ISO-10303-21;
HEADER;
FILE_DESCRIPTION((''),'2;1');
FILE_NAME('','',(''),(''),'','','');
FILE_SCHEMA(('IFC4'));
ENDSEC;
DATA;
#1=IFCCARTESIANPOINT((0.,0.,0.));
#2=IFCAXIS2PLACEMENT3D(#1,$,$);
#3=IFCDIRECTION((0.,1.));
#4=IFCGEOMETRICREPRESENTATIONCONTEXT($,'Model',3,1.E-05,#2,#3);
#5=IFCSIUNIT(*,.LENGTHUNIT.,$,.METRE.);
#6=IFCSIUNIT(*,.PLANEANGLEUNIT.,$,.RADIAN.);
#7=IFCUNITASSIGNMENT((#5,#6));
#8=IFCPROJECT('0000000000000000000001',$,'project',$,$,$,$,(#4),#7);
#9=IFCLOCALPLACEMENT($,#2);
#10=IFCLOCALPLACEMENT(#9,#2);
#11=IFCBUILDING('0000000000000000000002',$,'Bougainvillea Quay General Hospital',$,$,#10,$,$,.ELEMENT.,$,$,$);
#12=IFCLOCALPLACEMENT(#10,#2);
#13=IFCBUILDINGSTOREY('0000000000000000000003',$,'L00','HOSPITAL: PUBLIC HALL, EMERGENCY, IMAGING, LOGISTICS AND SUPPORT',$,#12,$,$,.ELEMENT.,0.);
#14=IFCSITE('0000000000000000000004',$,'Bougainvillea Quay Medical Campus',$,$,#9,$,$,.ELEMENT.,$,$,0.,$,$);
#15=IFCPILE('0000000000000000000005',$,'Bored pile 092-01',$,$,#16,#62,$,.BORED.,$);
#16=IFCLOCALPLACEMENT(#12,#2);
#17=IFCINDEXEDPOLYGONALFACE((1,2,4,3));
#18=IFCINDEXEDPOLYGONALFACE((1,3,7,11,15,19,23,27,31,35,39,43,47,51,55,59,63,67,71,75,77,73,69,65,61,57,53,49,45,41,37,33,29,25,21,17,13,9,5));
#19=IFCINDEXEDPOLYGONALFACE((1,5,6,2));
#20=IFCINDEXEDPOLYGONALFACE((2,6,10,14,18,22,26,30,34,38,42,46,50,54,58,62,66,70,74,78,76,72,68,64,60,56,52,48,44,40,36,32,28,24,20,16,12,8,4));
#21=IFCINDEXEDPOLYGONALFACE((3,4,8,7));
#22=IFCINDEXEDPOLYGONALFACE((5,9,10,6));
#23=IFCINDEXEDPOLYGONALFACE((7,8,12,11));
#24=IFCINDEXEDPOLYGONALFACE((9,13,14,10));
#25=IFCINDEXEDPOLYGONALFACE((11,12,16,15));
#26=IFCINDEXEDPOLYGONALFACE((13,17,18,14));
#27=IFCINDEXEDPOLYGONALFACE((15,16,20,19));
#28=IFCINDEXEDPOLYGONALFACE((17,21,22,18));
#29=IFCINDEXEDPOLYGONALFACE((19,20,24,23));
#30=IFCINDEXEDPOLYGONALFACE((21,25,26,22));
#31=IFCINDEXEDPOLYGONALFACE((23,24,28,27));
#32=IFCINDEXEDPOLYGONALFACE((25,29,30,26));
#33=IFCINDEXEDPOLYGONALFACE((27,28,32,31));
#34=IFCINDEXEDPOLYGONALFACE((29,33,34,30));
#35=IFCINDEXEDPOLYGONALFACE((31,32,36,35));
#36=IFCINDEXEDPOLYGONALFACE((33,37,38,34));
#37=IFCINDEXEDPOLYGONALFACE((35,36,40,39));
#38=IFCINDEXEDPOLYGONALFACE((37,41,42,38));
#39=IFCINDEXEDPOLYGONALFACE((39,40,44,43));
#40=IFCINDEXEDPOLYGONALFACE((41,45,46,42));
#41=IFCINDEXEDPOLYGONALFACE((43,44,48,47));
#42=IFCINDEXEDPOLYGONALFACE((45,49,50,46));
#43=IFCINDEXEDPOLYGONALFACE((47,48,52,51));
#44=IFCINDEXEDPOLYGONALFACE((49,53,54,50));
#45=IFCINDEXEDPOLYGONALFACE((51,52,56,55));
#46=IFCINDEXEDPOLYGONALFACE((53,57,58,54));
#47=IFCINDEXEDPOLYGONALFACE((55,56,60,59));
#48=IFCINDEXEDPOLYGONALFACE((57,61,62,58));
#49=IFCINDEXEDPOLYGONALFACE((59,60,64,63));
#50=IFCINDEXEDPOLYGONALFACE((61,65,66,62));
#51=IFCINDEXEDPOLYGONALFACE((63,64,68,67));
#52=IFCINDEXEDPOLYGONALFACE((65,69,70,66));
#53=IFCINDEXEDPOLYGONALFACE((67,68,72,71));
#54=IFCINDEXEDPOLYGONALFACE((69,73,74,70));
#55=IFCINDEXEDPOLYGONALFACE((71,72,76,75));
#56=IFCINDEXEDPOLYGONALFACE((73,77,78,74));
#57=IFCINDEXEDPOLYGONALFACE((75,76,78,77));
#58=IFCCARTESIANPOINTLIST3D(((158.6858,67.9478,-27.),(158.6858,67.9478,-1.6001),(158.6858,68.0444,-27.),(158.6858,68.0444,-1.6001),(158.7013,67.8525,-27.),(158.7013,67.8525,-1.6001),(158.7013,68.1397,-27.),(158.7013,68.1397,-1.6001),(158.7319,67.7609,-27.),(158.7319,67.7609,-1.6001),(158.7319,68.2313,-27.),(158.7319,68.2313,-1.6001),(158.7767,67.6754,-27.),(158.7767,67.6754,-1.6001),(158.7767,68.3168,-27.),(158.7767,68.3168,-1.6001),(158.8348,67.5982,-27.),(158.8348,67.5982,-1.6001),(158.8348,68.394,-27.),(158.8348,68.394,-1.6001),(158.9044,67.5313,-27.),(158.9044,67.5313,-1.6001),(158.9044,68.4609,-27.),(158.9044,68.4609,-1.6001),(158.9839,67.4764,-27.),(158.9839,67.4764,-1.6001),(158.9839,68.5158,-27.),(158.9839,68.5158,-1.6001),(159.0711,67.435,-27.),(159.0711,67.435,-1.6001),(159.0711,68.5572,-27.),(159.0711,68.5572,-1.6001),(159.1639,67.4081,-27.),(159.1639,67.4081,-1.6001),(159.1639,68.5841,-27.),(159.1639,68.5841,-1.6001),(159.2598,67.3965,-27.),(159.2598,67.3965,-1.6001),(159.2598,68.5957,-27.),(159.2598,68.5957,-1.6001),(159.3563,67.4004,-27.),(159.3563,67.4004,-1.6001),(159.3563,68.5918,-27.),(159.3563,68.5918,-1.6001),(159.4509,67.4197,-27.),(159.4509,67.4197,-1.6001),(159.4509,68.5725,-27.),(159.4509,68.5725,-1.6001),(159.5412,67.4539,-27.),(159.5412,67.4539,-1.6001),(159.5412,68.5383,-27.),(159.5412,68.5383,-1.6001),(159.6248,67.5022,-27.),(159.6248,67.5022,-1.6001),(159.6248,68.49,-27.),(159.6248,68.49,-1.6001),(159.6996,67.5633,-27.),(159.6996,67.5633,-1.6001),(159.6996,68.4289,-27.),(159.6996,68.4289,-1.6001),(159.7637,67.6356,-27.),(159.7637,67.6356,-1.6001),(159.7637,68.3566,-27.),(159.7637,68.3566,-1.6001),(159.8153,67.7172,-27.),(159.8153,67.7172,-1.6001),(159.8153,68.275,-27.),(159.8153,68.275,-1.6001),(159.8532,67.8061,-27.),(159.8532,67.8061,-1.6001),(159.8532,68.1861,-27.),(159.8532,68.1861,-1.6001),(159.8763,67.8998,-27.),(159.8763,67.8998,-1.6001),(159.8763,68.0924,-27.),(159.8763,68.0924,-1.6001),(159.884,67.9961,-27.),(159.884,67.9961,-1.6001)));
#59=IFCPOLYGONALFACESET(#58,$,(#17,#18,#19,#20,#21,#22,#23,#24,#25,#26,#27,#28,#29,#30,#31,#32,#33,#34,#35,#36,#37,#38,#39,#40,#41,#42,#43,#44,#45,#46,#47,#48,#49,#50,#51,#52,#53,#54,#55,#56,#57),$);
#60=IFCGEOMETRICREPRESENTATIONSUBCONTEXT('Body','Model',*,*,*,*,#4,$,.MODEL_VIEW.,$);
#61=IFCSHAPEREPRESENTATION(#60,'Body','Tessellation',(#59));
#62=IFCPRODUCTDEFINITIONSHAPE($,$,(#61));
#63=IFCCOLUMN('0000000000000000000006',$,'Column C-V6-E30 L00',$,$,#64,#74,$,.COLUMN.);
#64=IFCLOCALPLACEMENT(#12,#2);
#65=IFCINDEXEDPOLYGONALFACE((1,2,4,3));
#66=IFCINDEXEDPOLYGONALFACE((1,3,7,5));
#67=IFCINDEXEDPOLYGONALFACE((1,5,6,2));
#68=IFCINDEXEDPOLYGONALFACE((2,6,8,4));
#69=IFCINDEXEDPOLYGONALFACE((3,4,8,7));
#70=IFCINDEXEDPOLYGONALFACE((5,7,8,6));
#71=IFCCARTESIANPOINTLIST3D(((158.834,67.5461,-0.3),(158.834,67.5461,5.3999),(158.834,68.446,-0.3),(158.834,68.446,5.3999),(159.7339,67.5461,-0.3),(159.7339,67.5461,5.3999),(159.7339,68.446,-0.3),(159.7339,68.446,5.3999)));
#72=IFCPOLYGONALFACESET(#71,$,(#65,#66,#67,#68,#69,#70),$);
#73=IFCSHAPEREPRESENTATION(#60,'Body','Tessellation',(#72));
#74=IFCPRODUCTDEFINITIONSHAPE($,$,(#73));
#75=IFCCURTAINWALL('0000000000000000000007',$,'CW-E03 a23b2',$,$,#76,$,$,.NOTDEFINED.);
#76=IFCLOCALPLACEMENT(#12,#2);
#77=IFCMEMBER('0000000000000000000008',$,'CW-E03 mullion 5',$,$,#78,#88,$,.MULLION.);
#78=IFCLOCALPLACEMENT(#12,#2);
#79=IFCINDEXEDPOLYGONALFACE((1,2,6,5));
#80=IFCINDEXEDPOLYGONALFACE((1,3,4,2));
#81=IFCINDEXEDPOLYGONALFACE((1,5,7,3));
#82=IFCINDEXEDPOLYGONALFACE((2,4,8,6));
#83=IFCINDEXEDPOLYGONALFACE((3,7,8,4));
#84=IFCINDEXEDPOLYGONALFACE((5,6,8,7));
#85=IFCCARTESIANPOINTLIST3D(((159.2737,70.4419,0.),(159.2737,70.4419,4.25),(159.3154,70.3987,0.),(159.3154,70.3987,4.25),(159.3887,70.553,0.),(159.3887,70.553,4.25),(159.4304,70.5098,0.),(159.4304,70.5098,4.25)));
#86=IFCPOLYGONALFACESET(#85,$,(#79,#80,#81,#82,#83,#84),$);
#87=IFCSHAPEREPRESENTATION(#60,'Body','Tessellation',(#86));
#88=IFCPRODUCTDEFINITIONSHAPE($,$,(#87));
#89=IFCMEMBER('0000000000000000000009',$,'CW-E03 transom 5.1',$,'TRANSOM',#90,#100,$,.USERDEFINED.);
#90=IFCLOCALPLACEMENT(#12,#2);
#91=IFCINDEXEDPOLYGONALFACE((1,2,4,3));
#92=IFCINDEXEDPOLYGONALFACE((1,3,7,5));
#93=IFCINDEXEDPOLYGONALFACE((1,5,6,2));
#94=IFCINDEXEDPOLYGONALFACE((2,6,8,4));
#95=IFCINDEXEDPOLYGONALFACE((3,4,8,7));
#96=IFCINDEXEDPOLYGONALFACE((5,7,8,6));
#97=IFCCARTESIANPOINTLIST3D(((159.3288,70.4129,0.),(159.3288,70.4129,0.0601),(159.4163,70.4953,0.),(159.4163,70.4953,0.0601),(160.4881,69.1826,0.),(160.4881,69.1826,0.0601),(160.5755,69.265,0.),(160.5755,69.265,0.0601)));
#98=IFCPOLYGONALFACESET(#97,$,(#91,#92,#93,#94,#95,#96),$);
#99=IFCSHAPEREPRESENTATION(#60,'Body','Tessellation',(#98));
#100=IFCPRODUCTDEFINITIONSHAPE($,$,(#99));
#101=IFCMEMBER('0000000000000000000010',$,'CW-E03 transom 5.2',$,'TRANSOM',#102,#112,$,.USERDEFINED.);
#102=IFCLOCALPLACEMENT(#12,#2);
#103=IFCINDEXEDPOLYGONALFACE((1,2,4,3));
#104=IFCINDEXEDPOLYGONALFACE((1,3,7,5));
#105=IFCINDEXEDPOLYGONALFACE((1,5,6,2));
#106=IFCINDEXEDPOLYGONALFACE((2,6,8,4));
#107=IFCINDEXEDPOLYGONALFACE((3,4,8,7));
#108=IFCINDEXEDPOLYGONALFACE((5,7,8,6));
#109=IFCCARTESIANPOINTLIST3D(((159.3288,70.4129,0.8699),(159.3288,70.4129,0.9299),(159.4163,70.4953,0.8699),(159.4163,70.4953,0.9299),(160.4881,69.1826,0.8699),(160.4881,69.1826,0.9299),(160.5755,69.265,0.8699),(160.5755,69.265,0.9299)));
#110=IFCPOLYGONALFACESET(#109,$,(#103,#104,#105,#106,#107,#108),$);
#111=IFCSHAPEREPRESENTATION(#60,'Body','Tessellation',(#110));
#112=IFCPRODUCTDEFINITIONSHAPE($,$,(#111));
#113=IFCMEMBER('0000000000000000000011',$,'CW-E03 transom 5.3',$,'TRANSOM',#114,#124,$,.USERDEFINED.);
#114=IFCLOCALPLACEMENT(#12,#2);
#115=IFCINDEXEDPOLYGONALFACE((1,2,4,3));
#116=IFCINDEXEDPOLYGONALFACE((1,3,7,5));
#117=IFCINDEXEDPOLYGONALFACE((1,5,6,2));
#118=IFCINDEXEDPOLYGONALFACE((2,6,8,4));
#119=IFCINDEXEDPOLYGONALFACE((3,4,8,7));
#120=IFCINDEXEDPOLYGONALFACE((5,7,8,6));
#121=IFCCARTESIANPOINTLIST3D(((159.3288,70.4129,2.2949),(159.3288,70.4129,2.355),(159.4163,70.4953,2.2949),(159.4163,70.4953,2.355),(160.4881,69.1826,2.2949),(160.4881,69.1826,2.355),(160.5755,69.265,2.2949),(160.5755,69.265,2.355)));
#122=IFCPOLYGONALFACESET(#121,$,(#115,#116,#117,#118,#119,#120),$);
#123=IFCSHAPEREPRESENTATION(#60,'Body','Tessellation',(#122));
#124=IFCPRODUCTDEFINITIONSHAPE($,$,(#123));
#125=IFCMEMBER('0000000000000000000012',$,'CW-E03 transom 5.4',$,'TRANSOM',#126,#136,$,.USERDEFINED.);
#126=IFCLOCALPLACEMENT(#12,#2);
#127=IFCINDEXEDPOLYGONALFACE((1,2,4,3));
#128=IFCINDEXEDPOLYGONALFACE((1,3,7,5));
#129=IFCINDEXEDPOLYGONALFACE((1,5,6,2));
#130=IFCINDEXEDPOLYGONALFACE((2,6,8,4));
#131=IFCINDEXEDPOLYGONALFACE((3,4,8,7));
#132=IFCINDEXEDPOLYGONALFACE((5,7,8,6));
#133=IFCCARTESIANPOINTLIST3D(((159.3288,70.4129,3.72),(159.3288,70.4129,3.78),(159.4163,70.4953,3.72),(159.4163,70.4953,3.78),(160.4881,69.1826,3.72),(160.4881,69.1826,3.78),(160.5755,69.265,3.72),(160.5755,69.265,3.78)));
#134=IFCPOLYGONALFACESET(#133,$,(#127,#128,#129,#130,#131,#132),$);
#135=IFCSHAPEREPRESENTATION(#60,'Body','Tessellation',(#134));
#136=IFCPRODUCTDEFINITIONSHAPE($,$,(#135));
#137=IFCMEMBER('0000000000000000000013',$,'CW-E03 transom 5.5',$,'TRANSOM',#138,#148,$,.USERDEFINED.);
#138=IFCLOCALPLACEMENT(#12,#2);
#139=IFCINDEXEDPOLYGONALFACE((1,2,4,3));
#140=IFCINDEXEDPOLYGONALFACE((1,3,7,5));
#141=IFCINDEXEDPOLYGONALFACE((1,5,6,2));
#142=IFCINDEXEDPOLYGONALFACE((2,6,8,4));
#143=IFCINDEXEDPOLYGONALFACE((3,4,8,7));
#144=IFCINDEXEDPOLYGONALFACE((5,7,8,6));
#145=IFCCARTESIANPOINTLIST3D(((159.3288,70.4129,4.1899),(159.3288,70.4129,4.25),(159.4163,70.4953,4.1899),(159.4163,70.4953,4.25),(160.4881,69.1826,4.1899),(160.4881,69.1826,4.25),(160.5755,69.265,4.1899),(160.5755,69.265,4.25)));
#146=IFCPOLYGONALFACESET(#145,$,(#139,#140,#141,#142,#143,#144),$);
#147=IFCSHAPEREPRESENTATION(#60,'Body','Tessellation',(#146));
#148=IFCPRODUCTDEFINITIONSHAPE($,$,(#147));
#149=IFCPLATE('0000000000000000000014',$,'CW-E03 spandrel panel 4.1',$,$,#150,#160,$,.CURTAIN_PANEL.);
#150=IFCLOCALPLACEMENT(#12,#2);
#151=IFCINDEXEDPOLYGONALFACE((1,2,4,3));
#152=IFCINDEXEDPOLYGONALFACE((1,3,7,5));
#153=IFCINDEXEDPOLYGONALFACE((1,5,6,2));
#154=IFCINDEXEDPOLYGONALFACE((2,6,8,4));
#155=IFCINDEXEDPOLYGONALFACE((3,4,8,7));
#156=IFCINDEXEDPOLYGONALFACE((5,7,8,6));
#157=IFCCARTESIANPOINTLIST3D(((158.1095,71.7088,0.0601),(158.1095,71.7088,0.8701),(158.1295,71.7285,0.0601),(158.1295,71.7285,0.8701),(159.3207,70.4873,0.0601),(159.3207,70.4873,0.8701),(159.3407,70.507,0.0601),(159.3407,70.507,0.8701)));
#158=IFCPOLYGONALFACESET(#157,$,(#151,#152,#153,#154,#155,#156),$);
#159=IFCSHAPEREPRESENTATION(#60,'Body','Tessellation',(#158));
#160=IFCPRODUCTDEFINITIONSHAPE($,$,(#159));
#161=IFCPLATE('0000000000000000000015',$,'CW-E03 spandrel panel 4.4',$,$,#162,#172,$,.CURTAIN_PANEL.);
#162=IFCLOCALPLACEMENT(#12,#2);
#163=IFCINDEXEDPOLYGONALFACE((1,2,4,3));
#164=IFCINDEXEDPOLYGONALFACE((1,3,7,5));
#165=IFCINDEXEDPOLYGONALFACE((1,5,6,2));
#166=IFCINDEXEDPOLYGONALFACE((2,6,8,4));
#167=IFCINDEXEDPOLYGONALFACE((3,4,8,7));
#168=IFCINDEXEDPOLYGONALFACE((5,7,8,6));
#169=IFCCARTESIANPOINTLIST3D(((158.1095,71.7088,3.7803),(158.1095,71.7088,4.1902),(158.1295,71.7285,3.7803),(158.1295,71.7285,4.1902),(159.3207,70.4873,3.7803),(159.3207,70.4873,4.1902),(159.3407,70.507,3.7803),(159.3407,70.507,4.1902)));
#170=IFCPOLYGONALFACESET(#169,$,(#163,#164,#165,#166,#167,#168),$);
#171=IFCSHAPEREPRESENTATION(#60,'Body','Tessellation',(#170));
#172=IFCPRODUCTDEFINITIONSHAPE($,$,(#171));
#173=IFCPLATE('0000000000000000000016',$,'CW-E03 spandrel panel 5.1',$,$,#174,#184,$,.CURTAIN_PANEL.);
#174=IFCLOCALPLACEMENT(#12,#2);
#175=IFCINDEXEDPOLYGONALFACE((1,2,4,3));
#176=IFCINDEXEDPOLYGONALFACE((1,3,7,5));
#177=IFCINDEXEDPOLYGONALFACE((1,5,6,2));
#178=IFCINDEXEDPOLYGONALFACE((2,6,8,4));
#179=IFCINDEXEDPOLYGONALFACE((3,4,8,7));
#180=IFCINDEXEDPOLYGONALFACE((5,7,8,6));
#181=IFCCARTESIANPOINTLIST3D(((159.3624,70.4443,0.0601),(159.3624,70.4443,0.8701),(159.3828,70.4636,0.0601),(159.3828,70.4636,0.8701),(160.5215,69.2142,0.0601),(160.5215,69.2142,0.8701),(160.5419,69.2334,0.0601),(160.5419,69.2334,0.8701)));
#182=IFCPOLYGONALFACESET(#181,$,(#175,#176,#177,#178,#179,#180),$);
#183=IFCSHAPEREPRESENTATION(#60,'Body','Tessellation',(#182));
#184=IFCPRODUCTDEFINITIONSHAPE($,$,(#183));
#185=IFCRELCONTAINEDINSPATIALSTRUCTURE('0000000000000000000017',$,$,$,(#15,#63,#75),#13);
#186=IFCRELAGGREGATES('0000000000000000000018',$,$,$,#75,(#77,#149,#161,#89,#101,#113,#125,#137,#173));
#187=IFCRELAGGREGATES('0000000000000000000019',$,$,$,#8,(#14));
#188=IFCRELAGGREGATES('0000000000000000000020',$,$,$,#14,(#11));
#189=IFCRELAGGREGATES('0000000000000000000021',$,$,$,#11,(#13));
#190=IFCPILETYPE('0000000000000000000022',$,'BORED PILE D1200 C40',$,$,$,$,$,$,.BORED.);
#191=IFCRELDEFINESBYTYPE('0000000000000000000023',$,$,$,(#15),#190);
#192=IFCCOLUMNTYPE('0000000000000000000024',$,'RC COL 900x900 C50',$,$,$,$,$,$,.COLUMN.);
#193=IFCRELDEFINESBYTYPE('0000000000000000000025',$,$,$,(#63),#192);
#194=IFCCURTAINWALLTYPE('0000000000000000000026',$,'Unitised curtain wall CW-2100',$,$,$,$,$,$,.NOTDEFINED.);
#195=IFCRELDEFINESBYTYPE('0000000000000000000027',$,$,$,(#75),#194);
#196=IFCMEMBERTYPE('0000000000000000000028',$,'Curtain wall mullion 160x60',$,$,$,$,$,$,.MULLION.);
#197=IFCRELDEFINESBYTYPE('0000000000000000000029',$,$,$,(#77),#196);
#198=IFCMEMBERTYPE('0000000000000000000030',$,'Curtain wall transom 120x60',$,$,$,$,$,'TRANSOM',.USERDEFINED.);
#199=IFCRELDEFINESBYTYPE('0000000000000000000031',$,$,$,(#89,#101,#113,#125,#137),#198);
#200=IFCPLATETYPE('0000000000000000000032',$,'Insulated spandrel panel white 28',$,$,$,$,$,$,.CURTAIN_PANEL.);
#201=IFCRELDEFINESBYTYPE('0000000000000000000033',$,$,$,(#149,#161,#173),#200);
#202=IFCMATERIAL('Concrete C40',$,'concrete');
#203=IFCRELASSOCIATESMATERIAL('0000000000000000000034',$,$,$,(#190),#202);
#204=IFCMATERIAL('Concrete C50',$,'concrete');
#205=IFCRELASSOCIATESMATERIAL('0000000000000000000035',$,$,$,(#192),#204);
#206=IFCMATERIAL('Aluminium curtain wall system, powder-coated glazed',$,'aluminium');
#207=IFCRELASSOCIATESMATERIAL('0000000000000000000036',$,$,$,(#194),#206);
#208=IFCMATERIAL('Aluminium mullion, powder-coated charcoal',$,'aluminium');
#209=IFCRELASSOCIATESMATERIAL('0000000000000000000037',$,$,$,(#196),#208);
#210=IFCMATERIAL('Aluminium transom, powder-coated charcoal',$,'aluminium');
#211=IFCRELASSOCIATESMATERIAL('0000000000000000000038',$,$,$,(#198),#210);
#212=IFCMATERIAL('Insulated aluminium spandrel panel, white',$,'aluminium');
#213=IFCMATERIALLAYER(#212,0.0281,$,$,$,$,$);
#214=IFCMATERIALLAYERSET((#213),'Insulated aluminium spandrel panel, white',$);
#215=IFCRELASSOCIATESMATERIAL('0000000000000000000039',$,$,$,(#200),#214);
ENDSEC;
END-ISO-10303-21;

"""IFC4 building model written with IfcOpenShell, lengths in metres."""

from ifc_helpers import new_model, si_unit, direction, frame, origin, origin_2d, place, context, subcontext, project, spatial, rectangle, circle, extrude, material, layer, layer_set, material_profile, profile_set, type_object, element, aggregate, save


model = new_model("IFC4")

# Units and contexts
model_context = context("Model", 3, precision=1e-05, world=origin(), true_north=direction((0.0, 1.0)))
body_context = subcontext(model_context, "Body", "Model", "MODEL_VIEW")
ifc_project = project(units=[si_unit("LENGTHUNIT", "METRE"), si_unit("PLANEANGLEUNIT", "RADIAN")], contexts=[model_context])

# Site, building, storey
site_placement = place(None, origin())
site = spatial("IfcSite", under=ifc_project, at=site_placement, Name="Bougainvillea Quay Medical Campus", CompositionType="ELEMENT", RefElevation=0.0)
building_placement = place(site_placement, origin())
building = spatial("IfcBuilding", under=site, at=building_placement, Name="Bougainvillea Quay General Hospital", CompositionType="ELEMENT")
storey_placement = place(building_placement, origin())
storey = spatial("IfcBuildingStorey", under=building, at=storey_placement, Name="L00", Description="HOSPITAL: PUBLIC HALL, EMERGENCY, IMAGING, LOGISTICS AND SUPPORT", CompositionType="ELEMENT", Elevation=0.0)

# Pile
ifc_material_1 = material(Name="Concrete C40", Category="concrete")
ifc_material_profile_1 = material_profile(ifc_material_1, circle(Radius=0.6001, at=origin_2d()))
ifc_profile_set_1 = profile_set([ifc_material_profile_1], Name="Concrete C40")
pile_type = type_object("IfcPileType", Name="BORED PILE D1200 C40", PredefinedType="BORED", material=ifc_profile_set_1)
pile_placement = place(storey_placement, frame((159.2839, 67.9961, -1.6001), z_axis=(0.0, 0.0, -1.0), x_axis=(1.0, 0.0, 0.0)))
element("IfcPile", 1, at=pile_placement, inside=storey, type_object=pile_type, Name="Bored pile 092-01", PredefinedType="BORED", context=body_context, shape_type="SweptSolid", body=[
    extrude(circle(Radius=0.6001, at=origin_2d()), origin(), (0.0, 0.0, 1.0), 25.3999),
])

# Column
ifc_material_2 = material(Name="Concrete C50", Category="concrete")
ifc_material_profile_2 = material_profile(ifc_material_2, rectangle(XDim=0.8999, YDim=0.8999, at=origin_2d()))
ifc_profile_set_2 = profile_set([ifc_material_profile_2], Name="Concrete C50")
column_type = type_object("IfcColumnType", Name="RC COL 900x900 C50", PredefinedType="COLUMN", material=ifc_profile_set_2)
column_placement = place(storey_placement, frame((159.2839, 67.9961, -0.3), z_axis=(0.0, 0.0, 1.0), x_axis=(1.0, 0.0, 0.0)))
element("IfcColumn", 2, at=column_placement, inside=storey, type_object=column_type, Name="Column C-V6-E30 L00", PredefinedType="COLUMN", context=body_context, shape_type="SweptSolid", body=[
    extrude(rectangle(XDim=0.8999, YDim=0.8999, at=origin_2d()), origin(), (0.0, 0.0, 1.0), 5.7),
])

# Curtain wall, members, plates
ifc_material_3 = material(Name="Aluminium curtain wall system, powder-coated glazed", Category="aluminium")
curtain_wall_type = type_object("IfcCurtainWallType", Name="Unitised curtain wall CW-2100", PredefinedType="NOTDEFINED", material=ifc_material_3)
curtain_wall_placement = place(storey_placement, origin())
curtain_wall = element("IfcCurtainWall", 3, at=curtain_wall_placement, inside=storey, type_object=curtain_wall_type, Name="CW-E03 a23b2", PredefinedType="NOTDEFINED")
ifc_material_4 = material(Name="Aluminium mullion, powder-coated charcoal", Category="aluminium")
ifc_material_profile_3 = material_profile(ifc_material_4, rectangle(XDim=0.1599, YDim=0.0601, at=origin_2d()))
ifc_profile_set_3 = profile_set([ifc_material_profile_3], Name="Aluminium mullion, powder-coated charcoal")
member_type_1 = type_object("IfcMemberType", Name="Curtain wall mullion 160x60", PredefinedType="MULLION", material=ifc_profile_set_3)
member_1_placement = place(storey_placement, frame((159.3521, 70.4758, 0.0), z_axis=(0.0, 0.0, 1.0), x_axis=(0.71902, 0.69499, 0.0)))
member_1 = element("IfcMember", 4, at=member_1_placement, type_object=member_type_1, Name="CW-E03 mullion 5", PredefinedType="MULLION", context=body_context, shape_type="SweptSolid", body=[
    extrude(rectangle(XDim=0.1599, YDim=0.0601, at=origin_2d()), origin(), (0.0, 0.0, 1.0), 4.25),
])
ifc_material_5 = material(Name="Aluminium transom, powder-coated charcoal", Category="aluminium")
ifc_material_profile_4 = material_profile(ifc_material_5, rectangle(XDim=0.1201, YDim=0.0601, at=origin_2d()))
ifc_profile_set_4 = profile_set([ifc_material_profile_4], Name="Aluminium transom, powder-coated charcoal")
member_type_2 = type_object("IfcMemberType", Name="Curtain wall transom 120x60", ElementType="TRANSOM", PredefinedType="USERDEFINED", material=ifc_profile_set_4)
member_2_placement = place(storey_placement, frame((159.3726, 70.4541, 0.03), z_axis=(0.685779, -0.72781, 0.0), x_axis=(0.72781, 0.685779, 0.0)))
member_2 = element("IfcMember", 5, at=member_2_placement, type_object=member_type_2, Name="CW-E03 transom 5.1", ObjectType="TRANSOM", PredefinedType="USERDEFINED", context=body_context, shape_type="SweptSolid", body=[
    extrude(rectangle(XDim=0.1201, YDim=0.0601, at=origin_2d()), origin(), (0.0, 0.0, 1.0), 1.6904),
])
member_3_placement = place(storey_placement, frame((159.3726, 70.4541, 0.8999), z_axis=(0.685779, -0.72781, 0.0), x_axis=(0.72781, 0.685779, 0.0)))
member_3 = element("IfcMember", 6, at=member_3_placement, type_object=member_type_2, Name="CW-E03 transom 5.2", ObjectType="TRANSOM", PredefinedType="USERDEFINED", context=body_context, shape_type="SweptSolid", body=[
    extrude(rectangle(XDim=0.1201, YDim=0.0601, at=origin_2d()), origin(), (0.0, 0.0, 1.0), 1.6904),
])
member_4_placement = place(storey_placement, frame((159.3726, 70.4541, 2.325), z_axis=(0.685779, -0.72781, 0.0), x_axis=(0.72781, 0.685779, 0.0)))
member_4 = element("IfcMember", 7, at=member_4_placement, type_object=member_type_2, Name="CW-E03 transom 5.3", ObjectType="TRANSOM", PredefinedType="USERDEFINED", context=body_context, shape_type="SweptSolid", body=[
    extrude(rectangle(XDim=0.1201, YDim=0.0601, at=origin_2d()), origin(), (0.0, 0.0, 1.0), 1.6904),
])
member_5_placement = place(storey_placement, frame((159.3726, 70.4541, 3.75), z_axis=(0.685779, -0.72781, 0.0), x_axis=(0.72781, 0.685779, 0.0)))
member_5 = element("IfcMember", 8, at=member_5_placement, type_object=member_type_2, Name="CW-E03 transom 5.4", ObjectType="TRANSOM", PredefinedType="USERDEFINED", context=body_context, shape_type="SweptSolid", body=[
    extrude(rectangle(XDim=0.1201, YDim=0.0601, at=origin_2d()), origin(), (0.0, 0.0, 1.0), 1.6904),
])
member_6_placement = place(storey_placement, frame((159.3726, 70.4541, 4.22), z_axis=(0.685779, -0.72781, 0.0), x_axis=(0.72781, 0.685779, 0.0)))
member_6 = element("IfcMember", 9, at=member_6_placement, type_object=member_type_2, Name="CW-E03 transom 5.5", ObjectType="TRANSOM", PredefinedType="USERDEFINED", context=body_context, shape_type="SweptSolid", body=[
    extrude(rectangle(XDim=0.1201, YDim=0.0601, at=origin_2d()), origin(), (0.0, 0.0, 1.0), 1.6904),
])
ifc_material_6 = material(Name="Insulated aluminium spandrel panel, white", Category="aluminium")
ifc_layer_1 = layer(ifc_material_6, 0.0281)
ifc_layer_set_1 = layer_set([ifc_layer_1], Name="Insulated aluminium spandrel panel, white")
plate_type_1 = type_object("IfcPlateType", Name="Insulated spandrel panel white 28", PredefinedType="CURTAIN_PANEL", material=ifc_layer_set_1)
plate_1_placement = place(storey_placement, frame((158.7251, 71.1079, 0.0601), z_axis=(0.0, 0.0, 1.0), x_axis=(0.704109, -0.710092, 0.0)))
plate_1 = element("IfcPlate", 10, at=plate_1_placement, type_object=plate_type_1, Name="CW-E03 spandrel panel 4.1", PredefinedType="CURTAIN_PANEL", context=body_context, shape_type="SweptSolid", body=[
    extrude(rectangle(XDim=1.7202, YDim=0.0281, at=origin_2d()), origin(), (0.0, 0.0, 1.0), 0.8101),
])
plate_2_placement = place(storey_placement, frame((158.7251, 71.1079, 3.7803), z_axis=(0.0, 0.0, 1.0), x_axis=(0.704109, -0.710092, 0.0)))
plate_2 = element("IfcPlate", 11, at=plate_2_placement, type_object=plate_type_1, Name="CW-E03 spandrel panel 4.4", PredefinedType="CURTAIN_PANEL", context=body_context, shape_type="SweptSolid", body=[
    extrude(rectangle(XDim=1.7202, YDim=0.0281, at=origin_2d()), origin(), (0.0, 0.0, 1.0), 0.4099),
])
plate_3_placement = place(storey_placement, frame((159.9521, 69.8389, 0.0601), z_axis=(0.0, 0.0, 1.0), x_axis=(0.685757, -0.72783, 0.0)))
plate_3 = element("IfcPlate", 12, at=plate_3_placement, type_object=plate_type_1, Name="CW-E03 spandrel panel 5.1", PredefinedType="CURTAIN_PANEL", context=body_context, shape_type="SweptSolid", body=[
    extrude(rectangle(XDim=1.6902, YDim=0.0281, at=origin_2d()), origin(), (0.0, 0.0, 1.0), 0.8101),
])
aggregate(curtain_wall, [member_1, plate_1, plate_2, member_2, member_3, member_4, member_5, member_6, plate_3])

save(model, "model.ifc")
